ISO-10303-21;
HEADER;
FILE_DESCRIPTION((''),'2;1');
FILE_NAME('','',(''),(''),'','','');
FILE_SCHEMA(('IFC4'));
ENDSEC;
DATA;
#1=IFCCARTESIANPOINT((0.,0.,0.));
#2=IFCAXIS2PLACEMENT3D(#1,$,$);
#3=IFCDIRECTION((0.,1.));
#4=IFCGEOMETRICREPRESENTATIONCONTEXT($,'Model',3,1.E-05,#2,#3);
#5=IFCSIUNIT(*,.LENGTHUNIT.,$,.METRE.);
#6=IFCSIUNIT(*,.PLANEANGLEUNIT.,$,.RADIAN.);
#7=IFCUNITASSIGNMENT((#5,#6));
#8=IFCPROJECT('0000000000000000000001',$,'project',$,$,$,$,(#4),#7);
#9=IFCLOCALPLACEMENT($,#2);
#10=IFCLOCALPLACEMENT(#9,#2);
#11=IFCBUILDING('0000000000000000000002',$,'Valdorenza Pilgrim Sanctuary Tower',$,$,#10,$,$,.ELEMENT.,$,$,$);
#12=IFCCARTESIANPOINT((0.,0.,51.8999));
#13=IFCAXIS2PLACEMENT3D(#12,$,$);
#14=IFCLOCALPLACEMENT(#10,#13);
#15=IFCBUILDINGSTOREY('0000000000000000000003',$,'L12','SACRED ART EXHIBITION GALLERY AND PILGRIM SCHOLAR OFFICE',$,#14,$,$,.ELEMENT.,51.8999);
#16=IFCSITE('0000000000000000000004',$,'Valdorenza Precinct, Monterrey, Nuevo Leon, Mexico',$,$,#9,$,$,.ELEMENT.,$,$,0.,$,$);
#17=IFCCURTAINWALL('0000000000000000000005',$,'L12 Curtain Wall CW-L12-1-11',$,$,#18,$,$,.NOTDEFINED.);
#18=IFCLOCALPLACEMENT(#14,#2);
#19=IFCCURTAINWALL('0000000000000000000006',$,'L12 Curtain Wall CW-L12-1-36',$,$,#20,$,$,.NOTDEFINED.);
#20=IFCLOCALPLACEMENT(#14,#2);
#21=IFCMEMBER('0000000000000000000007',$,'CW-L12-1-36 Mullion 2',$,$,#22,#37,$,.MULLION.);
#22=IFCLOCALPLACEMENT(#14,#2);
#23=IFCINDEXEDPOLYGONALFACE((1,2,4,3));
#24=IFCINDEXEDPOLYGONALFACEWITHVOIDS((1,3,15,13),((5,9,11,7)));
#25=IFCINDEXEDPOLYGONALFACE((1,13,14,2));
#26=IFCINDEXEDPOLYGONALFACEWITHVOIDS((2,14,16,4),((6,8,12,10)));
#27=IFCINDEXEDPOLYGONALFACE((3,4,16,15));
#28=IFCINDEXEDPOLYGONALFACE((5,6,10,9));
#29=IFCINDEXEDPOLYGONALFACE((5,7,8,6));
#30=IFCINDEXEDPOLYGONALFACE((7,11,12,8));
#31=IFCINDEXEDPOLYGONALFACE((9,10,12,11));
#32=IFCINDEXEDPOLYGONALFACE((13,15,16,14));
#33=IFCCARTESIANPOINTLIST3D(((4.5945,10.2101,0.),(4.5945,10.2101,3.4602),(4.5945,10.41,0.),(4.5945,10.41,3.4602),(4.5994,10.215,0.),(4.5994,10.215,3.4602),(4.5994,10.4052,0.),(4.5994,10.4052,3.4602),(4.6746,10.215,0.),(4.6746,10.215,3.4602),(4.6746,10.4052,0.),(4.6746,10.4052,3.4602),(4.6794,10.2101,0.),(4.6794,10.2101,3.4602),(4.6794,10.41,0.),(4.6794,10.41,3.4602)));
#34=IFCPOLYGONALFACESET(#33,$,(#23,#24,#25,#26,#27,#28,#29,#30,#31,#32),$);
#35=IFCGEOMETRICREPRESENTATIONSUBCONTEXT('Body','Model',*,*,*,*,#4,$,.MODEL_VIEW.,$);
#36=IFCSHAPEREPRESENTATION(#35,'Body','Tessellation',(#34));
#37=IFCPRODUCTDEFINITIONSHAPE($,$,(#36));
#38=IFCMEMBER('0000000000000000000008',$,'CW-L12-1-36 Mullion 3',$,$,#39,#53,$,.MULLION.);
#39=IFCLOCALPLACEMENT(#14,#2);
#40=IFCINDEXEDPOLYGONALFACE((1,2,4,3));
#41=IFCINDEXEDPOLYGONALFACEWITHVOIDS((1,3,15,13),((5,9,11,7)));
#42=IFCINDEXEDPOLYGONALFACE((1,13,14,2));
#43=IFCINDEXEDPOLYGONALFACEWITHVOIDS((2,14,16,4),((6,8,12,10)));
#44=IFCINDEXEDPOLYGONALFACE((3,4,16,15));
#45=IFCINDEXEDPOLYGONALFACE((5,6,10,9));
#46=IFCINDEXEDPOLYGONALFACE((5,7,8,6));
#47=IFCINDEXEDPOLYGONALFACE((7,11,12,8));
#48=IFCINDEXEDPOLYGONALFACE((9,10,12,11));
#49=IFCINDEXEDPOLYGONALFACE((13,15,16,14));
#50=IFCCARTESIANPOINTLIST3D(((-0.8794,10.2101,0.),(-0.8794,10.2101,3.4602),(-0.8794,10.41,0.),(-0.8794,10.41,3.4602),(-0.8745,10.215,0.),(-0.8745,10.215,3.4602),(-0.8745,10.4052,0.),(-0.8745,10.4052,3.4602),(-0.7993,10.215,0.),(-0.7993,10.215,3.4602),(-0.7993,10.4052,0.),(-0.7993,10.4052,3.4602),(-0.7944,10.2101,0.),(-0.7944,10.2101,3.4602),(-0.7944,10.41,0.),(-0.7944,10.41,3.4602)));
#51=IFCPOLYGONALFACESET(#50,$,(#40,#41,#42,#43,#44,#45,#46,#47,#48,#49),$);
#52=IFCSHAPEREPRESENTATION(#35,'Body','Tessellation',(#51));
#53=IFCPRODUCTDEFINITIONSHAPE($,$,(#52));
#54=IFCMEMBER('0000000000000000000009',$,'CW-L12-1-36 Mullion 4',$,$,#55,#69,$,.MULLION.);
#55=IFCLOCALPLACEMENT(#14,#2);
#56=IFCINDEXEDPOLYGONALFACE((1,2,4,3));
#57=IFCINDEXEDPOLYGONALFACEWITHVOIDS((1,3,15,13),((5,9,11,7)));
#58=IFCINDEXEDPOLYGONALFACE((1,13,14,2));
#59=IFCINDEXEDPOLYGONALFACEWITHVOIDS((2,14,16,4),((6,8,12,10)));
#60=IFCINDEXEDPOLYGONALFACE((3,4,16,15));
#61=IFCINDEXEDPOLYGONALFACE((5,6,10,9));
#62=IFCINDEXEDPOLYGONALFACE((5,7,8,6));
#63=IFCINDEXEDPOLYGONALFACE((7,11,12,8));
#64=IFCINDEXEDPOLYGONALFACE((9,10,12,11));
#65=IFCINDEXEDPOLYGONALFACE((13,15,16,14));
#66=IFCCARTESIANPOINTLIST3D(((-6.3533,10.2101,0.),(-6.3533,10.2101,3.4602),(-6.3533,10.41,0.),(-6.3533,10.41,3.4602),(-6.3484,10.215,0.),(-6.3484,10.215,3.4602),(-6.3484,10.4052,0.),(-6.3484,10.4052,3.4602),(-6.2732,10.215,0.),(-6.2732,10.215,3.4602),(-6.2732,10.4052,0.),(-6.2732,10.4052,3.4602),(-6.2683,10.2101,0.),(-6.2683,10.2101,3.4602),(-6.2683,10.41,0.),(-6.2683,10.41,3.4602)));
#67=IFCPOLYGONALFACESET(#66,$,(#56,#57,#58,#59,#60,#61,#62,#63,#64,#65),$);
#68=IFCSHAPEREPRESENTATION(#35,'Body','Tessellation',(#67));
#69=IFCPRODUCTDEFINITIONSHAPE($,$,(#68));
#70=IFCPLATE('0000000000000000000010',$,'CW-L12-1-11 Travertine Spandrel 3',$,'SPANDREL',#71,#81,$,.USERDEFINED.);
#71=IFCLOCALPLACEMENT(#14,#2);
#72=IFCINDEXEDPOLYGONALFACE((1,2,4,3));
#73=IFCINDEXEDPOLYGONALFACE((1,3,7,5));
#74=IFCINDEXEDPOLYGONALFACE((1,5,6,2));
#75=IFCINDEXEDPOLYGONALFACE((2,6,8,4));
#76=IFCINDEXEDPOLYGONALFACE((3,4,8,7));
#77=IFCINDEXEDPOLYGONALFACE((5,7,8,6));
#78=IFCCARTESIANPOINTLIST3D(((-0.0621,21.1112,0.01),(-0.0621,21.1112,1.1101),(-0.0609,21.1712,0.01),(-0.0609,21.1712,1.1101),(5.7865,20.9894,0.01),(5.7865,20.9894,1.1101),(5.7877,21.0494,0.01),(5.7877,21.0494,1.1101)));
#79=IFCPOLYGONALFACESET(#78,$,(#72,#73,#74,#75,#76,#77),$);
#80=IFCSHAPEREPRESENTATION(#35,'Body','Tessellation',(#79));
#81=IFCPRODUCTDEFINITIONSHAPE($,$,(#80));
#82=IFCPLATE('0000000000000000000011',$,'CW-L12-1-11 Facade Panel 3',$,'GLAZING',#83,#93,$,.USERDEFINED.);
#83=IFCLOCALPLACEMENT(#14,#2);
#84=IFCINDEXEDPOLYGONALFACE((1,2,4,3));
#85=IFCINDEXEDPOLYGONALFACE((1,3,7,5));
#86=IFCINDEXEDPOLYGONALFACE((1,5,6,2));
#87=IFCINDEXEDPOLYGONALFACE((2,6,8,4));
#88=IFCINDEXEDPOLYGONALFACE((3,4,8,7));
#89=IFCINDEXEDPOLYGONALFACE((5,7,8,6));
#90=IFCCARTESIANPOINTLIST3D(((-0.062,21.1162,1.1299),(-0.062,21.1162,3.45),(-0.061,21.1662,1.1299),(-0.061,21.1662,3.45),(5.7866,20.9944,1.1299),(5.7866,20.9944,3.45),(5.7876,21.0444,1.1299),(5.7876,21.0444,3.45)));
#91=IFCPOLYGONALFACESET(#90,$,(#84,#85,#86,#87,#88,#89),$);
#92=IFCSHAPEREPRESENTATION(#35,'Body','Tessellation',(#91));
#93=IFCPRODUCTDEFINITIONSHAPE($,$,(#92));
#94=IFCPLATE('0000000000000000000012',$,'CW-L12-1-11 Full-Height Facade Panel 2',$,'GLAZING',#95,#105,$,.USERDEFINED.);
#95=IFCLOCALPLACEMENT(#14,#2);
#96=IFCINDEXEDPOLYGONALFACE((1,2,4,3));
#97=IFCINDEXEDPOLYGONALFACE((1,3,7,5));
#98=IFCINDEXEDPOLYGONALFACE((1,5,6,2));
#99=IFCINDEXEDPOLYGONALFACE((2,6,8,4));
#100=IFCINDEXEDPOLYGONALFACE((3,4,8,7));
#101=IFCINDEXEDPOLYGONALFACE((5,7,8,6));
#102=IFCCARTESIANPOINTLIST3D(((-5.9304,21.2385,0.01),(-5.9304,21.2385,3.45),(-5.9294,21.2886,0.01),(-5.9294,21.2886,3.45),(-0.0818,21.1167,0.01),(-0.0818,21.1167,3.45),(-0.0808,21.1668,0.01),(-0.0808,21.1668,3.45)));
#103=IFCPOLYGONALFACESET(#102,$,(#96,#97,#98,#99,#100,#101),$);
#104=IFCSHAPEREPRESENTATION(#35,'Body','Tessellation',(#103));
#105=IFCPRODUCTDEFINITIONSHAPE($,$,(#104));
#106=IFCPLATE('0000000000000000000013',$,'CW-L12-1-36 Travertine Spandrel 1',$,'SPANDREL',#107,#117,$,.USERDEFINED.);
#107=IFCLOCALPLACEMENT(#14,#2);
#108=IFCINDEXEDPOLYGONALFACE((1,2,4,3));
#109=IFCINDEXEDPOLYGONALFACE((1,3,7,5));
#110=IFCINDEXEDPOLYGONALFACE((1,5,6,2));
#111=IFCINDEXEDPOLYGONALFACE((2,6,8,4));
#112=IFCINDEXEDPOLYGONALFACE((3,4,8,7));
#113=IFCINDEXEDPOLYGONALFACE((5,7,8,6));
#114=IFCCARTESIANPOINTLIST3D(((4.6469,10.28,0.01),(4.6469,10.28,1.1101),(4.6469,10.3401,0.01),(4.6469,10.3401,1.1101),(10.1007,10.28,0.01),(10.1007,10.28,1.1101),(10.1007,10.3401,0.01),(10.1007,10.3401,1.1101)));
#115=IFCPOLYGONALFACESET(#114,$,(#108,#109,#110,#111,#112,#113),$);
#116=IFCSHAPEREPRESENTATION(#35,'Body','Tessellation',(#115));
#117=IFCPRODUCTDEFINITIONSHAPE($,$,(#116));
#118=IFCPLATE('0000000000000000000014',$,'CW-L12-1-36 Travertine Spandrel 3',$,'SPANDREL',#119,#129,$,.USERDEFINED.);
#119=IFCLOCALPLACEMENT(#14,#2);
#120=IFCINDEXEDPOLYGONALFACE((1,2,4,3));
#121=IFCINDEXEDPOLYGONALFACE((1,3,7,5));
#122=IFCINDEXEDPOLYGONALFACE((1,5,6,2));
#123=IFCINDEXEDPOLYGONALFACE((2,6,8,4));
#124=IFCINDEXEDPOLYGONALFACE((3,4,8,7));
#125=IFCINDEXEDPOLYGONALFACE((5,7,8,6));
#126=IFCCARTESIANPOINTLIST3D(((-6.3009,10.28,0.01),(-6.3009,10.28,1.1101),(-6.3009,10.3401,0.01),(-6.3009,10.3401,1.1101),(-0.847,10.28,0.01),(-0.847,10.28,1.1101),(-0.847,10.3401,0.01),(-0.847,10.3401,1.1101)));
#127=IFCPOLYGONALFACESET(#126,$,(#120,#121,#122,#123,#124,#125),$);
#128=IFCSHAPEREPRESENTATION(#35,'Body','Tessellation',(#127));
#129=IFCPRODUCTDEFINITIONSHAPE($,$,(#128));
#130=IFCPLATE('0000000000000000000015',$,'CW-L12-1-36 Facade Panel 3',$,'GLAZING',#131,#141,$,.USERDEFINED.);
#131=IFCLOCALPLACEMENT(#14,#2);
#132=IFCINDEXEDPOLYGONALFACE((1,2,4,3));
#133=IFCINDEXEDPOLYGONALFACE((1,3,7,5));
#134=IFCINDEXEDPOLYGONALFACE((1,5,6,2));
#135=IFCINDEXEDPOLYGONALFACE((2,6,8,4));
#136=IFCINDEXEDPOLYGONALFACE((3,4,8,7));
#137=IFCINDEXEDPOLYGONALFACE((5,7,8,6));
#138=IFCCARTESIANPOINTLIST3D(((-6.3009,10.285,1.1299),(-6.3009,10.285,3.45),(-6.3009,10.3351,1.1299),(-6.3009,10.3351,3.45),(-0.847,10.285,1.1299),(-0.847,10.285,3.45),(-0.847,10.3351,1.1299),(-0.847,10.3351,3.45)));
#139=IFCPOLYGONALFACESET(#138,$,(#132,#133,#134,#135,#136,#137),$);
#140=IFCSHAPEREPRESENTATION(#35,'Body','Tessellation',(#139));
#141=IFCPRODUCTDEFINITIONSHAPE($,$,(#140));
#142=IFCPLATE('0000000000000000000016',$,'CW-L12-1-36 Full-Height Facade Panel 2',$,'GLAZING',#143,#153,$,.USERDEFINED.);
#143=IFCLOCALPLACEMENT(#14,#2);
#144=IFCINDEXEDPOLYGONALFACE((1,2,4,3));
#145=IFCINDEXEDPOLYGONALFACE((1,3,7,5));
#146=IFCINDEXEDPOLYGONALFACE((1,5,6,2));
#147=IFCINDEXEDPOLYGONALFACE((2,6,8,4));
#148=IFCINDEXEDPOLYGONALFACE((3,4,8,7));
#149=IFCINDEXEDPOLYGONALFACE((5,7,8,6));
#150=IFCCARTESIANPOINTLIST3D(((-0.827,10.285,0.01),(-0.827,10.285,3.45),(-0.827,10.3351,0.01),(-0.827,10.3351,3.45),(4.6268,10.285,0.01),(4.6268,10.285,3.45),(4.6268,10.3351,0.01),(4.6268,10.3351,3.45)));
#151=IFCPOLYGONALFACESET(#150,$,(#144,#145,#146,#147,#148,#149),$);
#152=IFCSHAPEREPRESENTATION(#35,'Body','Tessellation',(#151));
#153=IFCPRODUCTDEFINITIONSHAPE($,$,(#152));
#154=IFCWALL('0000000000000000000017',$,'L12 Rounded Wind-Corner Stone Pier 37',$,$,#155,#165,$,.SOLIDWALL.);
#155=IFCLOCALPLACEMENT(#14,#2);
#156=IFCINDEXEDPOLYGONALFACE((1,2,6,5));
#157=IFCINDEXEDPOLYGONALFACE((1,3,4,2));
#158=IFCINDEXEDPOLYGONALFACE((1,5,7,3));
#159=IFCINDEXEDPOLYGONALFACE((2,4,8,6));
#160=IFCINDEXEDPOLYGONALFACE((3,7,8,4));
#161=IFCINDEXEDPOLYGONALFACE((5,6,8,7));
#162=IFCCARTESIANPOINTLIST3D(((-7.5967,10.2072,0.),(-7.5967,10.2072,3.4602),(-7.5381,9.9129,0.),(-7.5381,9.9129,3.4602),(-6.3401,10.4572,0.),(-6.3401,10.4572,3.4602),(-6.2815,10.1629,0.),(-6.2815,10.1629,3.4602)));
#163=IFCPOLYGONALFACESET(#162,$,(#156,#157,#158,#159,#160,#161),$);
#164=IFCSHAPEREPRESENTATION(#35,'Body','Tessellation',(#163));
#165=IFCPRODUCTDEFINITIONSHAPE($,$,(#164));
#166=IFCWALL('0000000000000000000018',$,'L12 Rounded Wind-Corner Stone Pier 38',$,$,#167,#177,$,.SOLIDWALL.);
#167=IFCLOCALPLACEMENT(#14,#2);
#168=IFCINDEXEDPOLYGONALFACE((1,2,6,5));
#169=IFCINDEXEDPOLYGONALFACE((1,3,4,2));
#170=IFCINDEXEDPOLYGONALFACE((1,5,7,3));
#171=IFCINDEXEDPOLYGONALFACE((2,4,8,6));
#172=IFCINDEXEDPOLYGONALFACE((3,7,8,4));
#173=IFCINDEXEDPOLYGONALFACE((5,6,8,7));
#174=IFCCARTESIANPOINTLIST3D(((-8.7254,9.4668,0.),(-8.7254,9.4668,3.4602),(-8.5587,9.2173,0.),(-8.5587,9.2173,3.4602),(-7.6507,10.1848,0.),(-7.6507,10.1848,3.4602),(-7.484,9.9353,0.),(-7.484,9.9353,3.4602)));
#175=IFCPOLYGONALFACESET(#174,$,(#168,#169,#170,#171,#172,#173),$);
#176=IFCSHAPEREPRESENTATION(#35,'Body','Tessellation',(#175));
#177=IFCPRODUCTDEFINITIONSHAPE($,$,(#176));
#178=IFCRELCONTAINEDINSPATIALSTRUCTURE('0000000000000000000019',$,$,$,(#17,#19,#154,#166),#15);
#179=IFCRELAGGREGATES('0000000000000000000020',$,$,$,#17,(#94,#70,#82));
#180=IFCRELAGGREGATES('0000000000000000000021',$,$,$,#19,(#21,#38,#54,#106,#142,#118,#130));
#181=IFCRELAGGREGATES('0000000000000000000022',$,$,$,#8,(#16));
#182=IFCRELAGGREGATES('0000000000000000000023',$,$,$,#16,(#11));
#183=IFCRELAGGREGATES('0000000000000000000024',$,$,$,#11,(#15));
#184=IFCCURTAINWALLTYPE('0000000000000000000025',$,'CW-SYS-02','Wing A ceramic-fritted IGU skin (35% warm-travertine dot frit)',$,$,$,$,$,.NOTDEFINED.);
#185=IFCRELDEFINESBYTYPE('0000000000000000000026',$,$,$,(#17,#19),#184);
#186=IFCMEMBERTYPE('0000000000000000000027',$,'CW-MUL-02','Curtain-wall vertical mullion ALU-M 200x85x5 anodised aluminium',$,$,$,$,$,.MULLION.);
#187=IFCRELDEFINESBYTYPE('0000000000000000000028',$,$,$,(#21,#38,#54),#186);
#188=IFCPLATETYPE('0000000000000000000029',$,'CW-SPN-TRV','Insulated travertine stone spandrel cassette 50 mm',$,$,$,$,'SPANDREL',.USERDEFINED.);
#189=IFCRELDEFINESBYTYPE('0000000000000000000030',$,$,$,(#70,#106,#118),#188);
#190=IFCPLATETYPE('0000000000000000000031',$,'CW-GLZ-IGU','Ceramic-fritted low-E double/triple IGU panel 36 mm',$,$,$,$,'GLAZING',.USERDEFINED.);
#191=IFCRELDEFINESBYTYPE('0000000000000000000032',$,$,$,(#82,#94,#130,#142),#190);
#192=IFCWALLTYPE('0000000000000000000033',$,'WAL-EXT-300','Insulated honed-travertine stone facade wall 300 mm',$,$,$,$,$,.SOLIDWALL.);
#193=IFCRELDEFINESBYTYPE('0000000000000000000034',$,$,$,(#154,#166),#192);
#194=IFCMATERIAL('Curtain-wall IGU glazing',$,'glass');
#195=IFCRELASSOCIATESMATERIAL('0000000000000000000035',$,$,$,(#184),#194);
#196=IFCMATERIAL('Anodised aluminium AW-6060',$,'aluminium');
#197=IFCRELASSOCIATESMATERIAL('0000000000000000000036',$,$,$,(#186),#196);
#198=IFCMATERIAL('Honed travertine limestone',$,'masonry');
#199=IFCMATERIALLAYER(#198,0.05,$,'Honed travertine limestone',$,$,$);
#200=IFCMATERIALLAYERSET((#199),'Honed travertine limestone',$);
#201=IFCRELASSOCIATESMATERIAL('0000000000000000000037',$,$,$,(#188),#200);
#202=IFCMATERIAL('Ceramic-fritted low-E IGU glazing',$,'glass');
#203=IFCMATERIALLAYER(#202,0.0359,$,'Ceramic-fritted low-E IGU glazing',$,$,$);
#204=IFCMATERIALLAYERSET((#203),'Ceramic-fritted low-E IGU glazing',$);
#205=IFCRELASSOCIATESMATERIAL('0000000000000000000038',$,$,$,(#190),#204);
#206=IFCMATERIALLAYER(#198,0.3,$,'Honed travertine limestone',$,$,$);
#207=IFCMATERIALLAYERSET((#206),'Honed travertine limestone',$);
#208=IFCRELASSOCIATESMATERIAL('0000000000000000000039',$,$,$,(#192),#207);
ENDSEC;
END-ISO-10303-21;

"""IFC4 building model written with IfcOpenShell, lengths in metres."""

from ifc_helpers import new_model, si_unit, direction, frame, frame_2d, origin, origin_2d, place, context, subcontext, project, spatial, rectangle, hollow_rectangle, extrude, source, transform, mapped, material, layer, layer_set, material_profile, profile_set, type_object, element, aggregate, save


model = new_model("IFC4")

# Units and contexts
model_context = context("Model", 3, precision=1e-05, world=origin(), true_north=direction((0.0, 1.0)))
body_context = subcontext(model_context, "Body", "Model", "MODEL_VIEW")
ifc_project = project(units=[si_unit("LENGTHUNIT", "METRE"), si_unit("PLANEANGLEUNIT", "RADIAN")], contexts=[model_context])

# Site, building, storey
site_placement = place(None, origin())
site = spatial("IfcSite", under=ifc_project, at=site_placement, Name="Valdorenza Precinct, Monterrey, Nuevo Leon, Mexico", CompositionType="ELEMENT", RefElevation=0.0)
building_placement = place(site_placement, origin())
building = spatial("IfcBuilding", under=site, at=building_placement, Name="Valdorenza Pilgrim Sanctuary Tower", CompositionType="ELEMENT")
storey_placement = place(building_placement, frame((0.0, 0.0, 51.8999)))
storey = spatial("IfcBuildingStorey", under=building, at=storey_placement, Name="L12", Description="SACRED ART EXHIBITION GALLERY AND PILGRIM SCHOLAR OFFICE", CompositionType="ELEMENT", Elevation=51.8999)

# Curtain walls, members
ifc_material_1 = material(Name="Curtain-wall IGU glazing", Category="glass")
curtain_wall_type = type_object("IfcCurtainWallType", Name="CW-SYS-02", Description="Wing A ceramic-fritted IGU skin (35% warm-travertine dot frit)", PredefinedType="NOTDEFINED", material=ifc_material_1)
curtain_wall_1_placement = place(storey_placement, origin())
curtain_wall_1 = element("IfcCurtainWall", 1, at=curtain_wall_1_placement, inside=storey, type_object=curtain_wall_type, Name="L12 Curtain Wall CW-L12-1-11", PredefinedType="NOTDEFINED")
ifc_material_2 = material(Name="Anodised aluminium AW-6060", Category="aluminium")
ifc_material_profile_1 = material_profile(ifc_material_2, hollow_rectangle(XDim=0.085, YDim=0.2, WallThickness=0.0049, at=origin_2d()), Name="ALU-M 200x85x5")
ifc_profile_set_1 = profile_set([ifc_material_profile_1], Name="Anodised aluminium AW-6060")
member_type = type_object("IfcMemberType", Name="CW-MUL-02", Description="Curtain-wall vertical mullion ALU-M 200x85x5 anodised aluminium", PredefinedType="MULLION", material=ifc_profile_set_1)
shared_shape_1 = source(origin(), body_context, "Body", "SweptSolid", [
    extrude(hollow_rectangle(XDim=0.085, YDim=0.2, WallThickness=0.0049, at=origin_2d()), origin(), (0.0, 0.0, 1.0), 3.4602),
])
curtain_wall_2_placement = place(storey_placement, origin())
curtain_wall_2 = element("IfcCurtainWall", 2, at=curtain_wall_2_placement, inside=storey, type_object=curtain_wall_type, Name="L12 Curtain Wall CW-L12-1-36", PredefinedType="NOTDEFINED")
member_1_placement = place(storey_placement, frame((4.637, 10.3101, 0.0), z_axis=(0.0, 0.0, 1.0), x_axis=(-1.0, 0.0, 0.0)))
member_1 = element("IfcMember", 3, at=member_1_placement, type_object=member_type, Name="CW-L12-1-36 Mullion 2", PredefinedType="MULLION", context=body_context, shape_type="MappedRepresentation", body=[
    mapped(shared_shape_1, transform((0.0, 0.0, 0.0), x_axis=(1.0, 0.0, 0.0), y_axis=(0.0, 1.0, 0.0), z_axis=(0.0, 0.0, 1.0), scale=1.0)),
])
member_2_placement = place(storey_placement, frame((-0.8369, 10.3101, 0.0), z_axis=(0.0, 0.0, 1.0), x_axis=(-1.0, 0.0, 0.0)))
member_2 = element("IfcMember", 4, at=member_2_placement, type_object=member_type, Name="CW-L12-1-36 Mullion 3", PredefinedType="MULLION", context=body_context, shape_type="MappedRepresentation", body=[
    mapped(shared_shape_1, transform((0.0, 0.0, 0.0), x_axis=(1.0, 0.0, 0.0), y_axis=(0.0, 1.0, 0.0), z_axis=(0.0, 0.0, 1.0), scale=1.0)),
])
member_3_placement = place(storey_placement, frame((-6.3108, 10.3101, 0.0), z_axis=(0.0, 0.0, 1.0), x_axis=(-1.0, 0.0, 0.0)))
member_3 = element("IfcMember", 5, at=member_3_placement, type_object=member_type, Name="CW-L12-1-36 Mullion 4", PredefinedType="MULLION", context=body_context, shape_type="MappedRepresentation", body=[
    mapped(shared_shape_1, transform((0.0, 0.0, 0.0), x_axis=(1.0, 0.0, 0.0), y_axis=(0.0, 1.0, 0.0), z_axis=(0.0, 0.0, 1.0), scale=1.0)),
])

# Plates
ifc_material_3 = material(Name="Honed travertine limestone", Category="masonry")
ifc_layer_1 = layer(ifc_material_3, 0.05, Name="Honed travertine limestone")
ifc_layer_set_1 = layer_set([ifc_layer_1], Name="Honed travertine limestone")
plate_type_1 = type_object("IfcPlateType", Name="CW-SPN-TRV", Description="Insulated travertine stone spandrel cassette 50 mm", ElementType="SPANDREL", PredefinedType="USERDEFINED", material=ifc_layer_set_1)
shared_shape_2 = source(origin(), body_context, "Body", "SweptSolid", [
    extrude(rectangle(XDim=5.8499, YDim=0.0601, at=origin_2d()), origin(), (0.0, 0.0, 1.0), 1.1001),
])
plate_1_placement = place(storey_placement, frame((2.8628, 21.0803, 0.01), z_axis=(0.0, 0.0, 1.0), x_axis=(0.999783, -0.02082, 0.0)))
plate_1 = element("IfcPlate", 6, at=plate_1_placement, type_object=plate_type_1, Name="CW-L12-1-11 Travertine Spandrel 3", ObjectType="SPANDREL", PredefinedType="USERDEFINED", context=body_context, shape_type="MappedRepresentation", body=[
    mapped(shared_shape_2, transform((0.0, 0.0, 0.0), x_axis=(1.0, 0.0, 0.0), y_axis=(0.0, 1.0, 0.0), z_axis=(0.0, 0.0, 1.0), scale=1.0)),
])
ifc_material_4 = material(Name="Ceramic-fritted low-E IGU glazing", Category="glass")
ifc_layer_2 = layer(ifc_material_4, 0.0359, Name="Ceramic-fritted low-E IGU glazing")
ifc_layer_set_2 = layer_set([ifc_layer_2], Name="Ceramic-fritted low-E IGU glazing")
plate_type_2 = type_object("IfcPlateType", Name="CW-GLZ-IGU", Description="Ceramic-fritted low-E double/triple IGU panel 36 mm", ElementType="GLAZING", PredefinedType="USERDEFINED", material=ifc_layer_set_2)
shared_shape_3 = source(origin(), body_context, "Body", "SweptSolid", [
    extrude(rectangle(XDim=5.8499, YDim=0.05, at=origin_2d()), origin(), (0.0, 0.0, 1.0), 2.3201),
])
plate_2_placement = place(storey_placement, frame((2.8628, 21.0803, 1.1299), z_axis=(0.0, 0.0, 1.0), x_axis=(0.999783, -0.02082, 0.0)))
plate_2 = element("IfcPlate", 7, at=plate_2_placement, type_object=plate_type_2, Name="CW-L12-1-11 Facade Panel 3", ObjectType="GLAZING", PredefinedType="USERDEFINED", context=body_context, shape_type="MappedRepresentation", body=[
    mapped(shared_shape_3, transform((0.0, 0.0, 0.0), x_axis=(1.0, 0.0, 0.0), y_axis=(0.0, 1.0, 0.0), z_axis=(0.0, 0.0, 1.0), scale=1.0)),
])
shared_shape_4 = source(origin(), body_context, "Body", "SweptSolid", [
    extrude(rectangle(XDim=5.8499, YDim=0.05, at=origin_2d()), origin(), (0.0, 0.0, 1.0), 3.4399),
])
plate_3_placement = place(storey_placement, frame((-3.0056, 21.2026, 0.01), z_axis=(0.0, 0.0, 1.0), x_axis=(0.999783, -0.02082, 0.0)))
plate_3 = element("IfcPlate", 8, at=plate_3_placement, type_object=plate_type_2, Name="CW-L12-1-11 Full-Height Facade Panel 2", ObjectType="GLAZING", PredefinedType="USERDEFINED", context=body_context, shape_type="MappedRepresentation", body=[
    mapped(shared_shape_4, transform((0.0, 0.0, 0.0), x_axis=(1.0, 0.0, 0.0), y_axis=(0.0, 1.0, 0.0), z_axis=(0.0, 0.0, 1.0), scale=1.0)),
])
aggregate(curtain_wall_1, [plate_3, plate_1, plate_2])
shared_shape_5 = source(origin(), body_context, "Body", "SweptSolid", [
    extrude(rectangle(XDim=5.4539, YDim=0.0601, at=origin_2d()), origin(), (0.0, 0.0, 1.0), 1.1001),
])
plate_4_placement = place(storey_placement, frame((7.3738, 10.3101, 0.01), z_axis=(0.0, 0.0, 1.0), x_axis=(-1.0, 0.0, 0.0)))
plate_4 = element("IfcPlate", 9, at=plate_4_placement, type_object=plate_type_1, Name="CW-L12-1-36 Travertine Spandrel 1", ObjectType="SPANDREL", PredefinedType="USERDEFINED", context=body_context, shape_type="MappedRepresentation", body=[
    mapped(shared_shape_5, transform((0.0, 0.0, 0.0), x_axis=(1.0, 0.0, 0.0), y_axis=(0.0, 1.0, 0.0), z_axis=(0.0, 0.0, 1.0), scale=1.0)),
])
plate_5_placement = place(storey_placement, frame((-3.574, 10.3101, 0.01), z_axis=(0.0, 0.0, 1.0), x_axis=(-1.0, 0.0, 0.0)))
plate_5 = element("IfcPlate", 10, at=plate_5_placement, type_object=plate_type_1, Name="CW-L12-1-36 Travertine Spandrel 3", ObjectType="SPANDREL", PredefinedType="USERDEFINED", context=body_context, shape_type="MappedRepresentation", body=[
    mapped(shared_shape_5, transform((0.0, 0.0, 0.0), x_axis=(1.0, 0.0, 0.0), y_axis=(0.0, 1.0, 0.0), z_axis=(0.0, 0.0, 1.0), scale=1.0)),
])
shared_shape_6 = source(origin(), body_context, "Body", "SweptSolid", [
    extrude(rectangle(XDim=5.4539, YDim=0.05, at=origin_2d()), origin(), (0.0, 0.0, 1.0), 2.3201),
])
plate_6_placement = place(storey_placement, frame((-3.574, 10.3101, 1.1299), z_axis=(0.0, 0.0, 1.0), x_axis=(-1.0, 0.0, 0.0)))
plate_6 = element("IfcPlate", 11, at=plate_6_placement, type_object=plate_type_2, Name="CW-L12-1-36 Facade Panel 3", ObjectType="GLAZING", PredefinedType="USERDEFINED", context=body_context, shape_type="MappedRepresentation", body=[
    mapped(shared_shape_6, transform((0.0, 0.0, 0.0), x_axis=(1.0, 0.0, 0.0), y_axis=(0.0, 1.0, 0.0), z_axis=(0.0, 0.0, 1.0), scale=1.0)),
])
shared_shape_7 = source(origin(), body_context, "Body", "SweptSolid", [
    extrude(rectangle(XDim=5.4539, YDim=0.05, at=origin_2d()), origin(), (0.0, 0.0, 1.0), 3.4399),
])
plate_7_placement = place(storey_placement, frame((1.8999, 10.3101, 0.01), z_axis=(0.0, 0.0, 1.0), x_axis=(-1.0, 0.0, 0.0)))
plate_7 = element("IfcPlate", 12, at=plate_7_placement, type_object=plate_type_2, Name="CW-L12-1-36 Full-Height Facade Panel 2", ObjectType="GLAZING", PredefinedType="USERDEFINED", context=body_context, shape_type="MappedRepresentation", body=[
    mapped(shared_shape_7, transform((0.0, 0.0, 0.0), x_axis=(1.0, 0.0, 0.0), y_axis=(0.0, 1.0, 0.0), z_axis=(0.0, 0.0, 1.0), scale=1.0)),
])
aggregate(curtain_wall_2, [member_1, member_2, member_3, plate_4, plate_7, plate_5, plate_6])

# Walls
ifc_layer_3 = layer(ifc_material_3, 0.3, Name="Honed travertine limestone")
ifc_layer_set_3 = layer_set([ifc_layer_3], Name="Honed travertine limestone")
wall_type_1 = type_object("IfcWallType", Name="WAL-EXT-300", Description="Insulated honed-travertine stone facade wall 300 mm", PredefinedType="SOLIDWALL", material=ifc_layer_set_3)
wall_1_placement = place(storey_placement, frame((-6.3108, 10.3101, 0.0), z_axis=(0.0, 0.0, 1.0), x_axis=(-0.980778, -0.195127, 0.0)))
element("IfcWall", 13, at=wall_1_placement, inside=storey, type_object=wall_type_1, Name="L12 Rounded Wind-Corner Stone Pier 37", PredefinedType="SOLIDWALL", context=body_context, shape_type="SweptSolid", body=[
    extrude(rectangle(XDim=1.2812, YDim=0.3, at=frame_2d((0.6406, 0.0))), origin(), (0.0, 0.0, 1.0), 3.4602),
])
wall_2_placement = place(storey_placement, frame((-7.5674, 10.0601, 0.0), z_axis=(0.0, 0.0, 1.0), x_axis=(-0.831498, -0.555528, 0.0)))
element("IfcWall", 14, at=wall_2_placement, inside=storey, type_object=wall_type_1, Name="L12 Rounded Wind-Corner Stone Pier 38", PredefinedType="SOLIDWALL", context=body_context, shape_type="SweptSolid", body=[
    extrude(rectangle(XDim=1.2925, YDim=0.3, at=frame_2d((0.6462, 0.0))), origin(), (0.0, 0.0, 1.0), 3.4602),
])

save(model, "model.ifc")
